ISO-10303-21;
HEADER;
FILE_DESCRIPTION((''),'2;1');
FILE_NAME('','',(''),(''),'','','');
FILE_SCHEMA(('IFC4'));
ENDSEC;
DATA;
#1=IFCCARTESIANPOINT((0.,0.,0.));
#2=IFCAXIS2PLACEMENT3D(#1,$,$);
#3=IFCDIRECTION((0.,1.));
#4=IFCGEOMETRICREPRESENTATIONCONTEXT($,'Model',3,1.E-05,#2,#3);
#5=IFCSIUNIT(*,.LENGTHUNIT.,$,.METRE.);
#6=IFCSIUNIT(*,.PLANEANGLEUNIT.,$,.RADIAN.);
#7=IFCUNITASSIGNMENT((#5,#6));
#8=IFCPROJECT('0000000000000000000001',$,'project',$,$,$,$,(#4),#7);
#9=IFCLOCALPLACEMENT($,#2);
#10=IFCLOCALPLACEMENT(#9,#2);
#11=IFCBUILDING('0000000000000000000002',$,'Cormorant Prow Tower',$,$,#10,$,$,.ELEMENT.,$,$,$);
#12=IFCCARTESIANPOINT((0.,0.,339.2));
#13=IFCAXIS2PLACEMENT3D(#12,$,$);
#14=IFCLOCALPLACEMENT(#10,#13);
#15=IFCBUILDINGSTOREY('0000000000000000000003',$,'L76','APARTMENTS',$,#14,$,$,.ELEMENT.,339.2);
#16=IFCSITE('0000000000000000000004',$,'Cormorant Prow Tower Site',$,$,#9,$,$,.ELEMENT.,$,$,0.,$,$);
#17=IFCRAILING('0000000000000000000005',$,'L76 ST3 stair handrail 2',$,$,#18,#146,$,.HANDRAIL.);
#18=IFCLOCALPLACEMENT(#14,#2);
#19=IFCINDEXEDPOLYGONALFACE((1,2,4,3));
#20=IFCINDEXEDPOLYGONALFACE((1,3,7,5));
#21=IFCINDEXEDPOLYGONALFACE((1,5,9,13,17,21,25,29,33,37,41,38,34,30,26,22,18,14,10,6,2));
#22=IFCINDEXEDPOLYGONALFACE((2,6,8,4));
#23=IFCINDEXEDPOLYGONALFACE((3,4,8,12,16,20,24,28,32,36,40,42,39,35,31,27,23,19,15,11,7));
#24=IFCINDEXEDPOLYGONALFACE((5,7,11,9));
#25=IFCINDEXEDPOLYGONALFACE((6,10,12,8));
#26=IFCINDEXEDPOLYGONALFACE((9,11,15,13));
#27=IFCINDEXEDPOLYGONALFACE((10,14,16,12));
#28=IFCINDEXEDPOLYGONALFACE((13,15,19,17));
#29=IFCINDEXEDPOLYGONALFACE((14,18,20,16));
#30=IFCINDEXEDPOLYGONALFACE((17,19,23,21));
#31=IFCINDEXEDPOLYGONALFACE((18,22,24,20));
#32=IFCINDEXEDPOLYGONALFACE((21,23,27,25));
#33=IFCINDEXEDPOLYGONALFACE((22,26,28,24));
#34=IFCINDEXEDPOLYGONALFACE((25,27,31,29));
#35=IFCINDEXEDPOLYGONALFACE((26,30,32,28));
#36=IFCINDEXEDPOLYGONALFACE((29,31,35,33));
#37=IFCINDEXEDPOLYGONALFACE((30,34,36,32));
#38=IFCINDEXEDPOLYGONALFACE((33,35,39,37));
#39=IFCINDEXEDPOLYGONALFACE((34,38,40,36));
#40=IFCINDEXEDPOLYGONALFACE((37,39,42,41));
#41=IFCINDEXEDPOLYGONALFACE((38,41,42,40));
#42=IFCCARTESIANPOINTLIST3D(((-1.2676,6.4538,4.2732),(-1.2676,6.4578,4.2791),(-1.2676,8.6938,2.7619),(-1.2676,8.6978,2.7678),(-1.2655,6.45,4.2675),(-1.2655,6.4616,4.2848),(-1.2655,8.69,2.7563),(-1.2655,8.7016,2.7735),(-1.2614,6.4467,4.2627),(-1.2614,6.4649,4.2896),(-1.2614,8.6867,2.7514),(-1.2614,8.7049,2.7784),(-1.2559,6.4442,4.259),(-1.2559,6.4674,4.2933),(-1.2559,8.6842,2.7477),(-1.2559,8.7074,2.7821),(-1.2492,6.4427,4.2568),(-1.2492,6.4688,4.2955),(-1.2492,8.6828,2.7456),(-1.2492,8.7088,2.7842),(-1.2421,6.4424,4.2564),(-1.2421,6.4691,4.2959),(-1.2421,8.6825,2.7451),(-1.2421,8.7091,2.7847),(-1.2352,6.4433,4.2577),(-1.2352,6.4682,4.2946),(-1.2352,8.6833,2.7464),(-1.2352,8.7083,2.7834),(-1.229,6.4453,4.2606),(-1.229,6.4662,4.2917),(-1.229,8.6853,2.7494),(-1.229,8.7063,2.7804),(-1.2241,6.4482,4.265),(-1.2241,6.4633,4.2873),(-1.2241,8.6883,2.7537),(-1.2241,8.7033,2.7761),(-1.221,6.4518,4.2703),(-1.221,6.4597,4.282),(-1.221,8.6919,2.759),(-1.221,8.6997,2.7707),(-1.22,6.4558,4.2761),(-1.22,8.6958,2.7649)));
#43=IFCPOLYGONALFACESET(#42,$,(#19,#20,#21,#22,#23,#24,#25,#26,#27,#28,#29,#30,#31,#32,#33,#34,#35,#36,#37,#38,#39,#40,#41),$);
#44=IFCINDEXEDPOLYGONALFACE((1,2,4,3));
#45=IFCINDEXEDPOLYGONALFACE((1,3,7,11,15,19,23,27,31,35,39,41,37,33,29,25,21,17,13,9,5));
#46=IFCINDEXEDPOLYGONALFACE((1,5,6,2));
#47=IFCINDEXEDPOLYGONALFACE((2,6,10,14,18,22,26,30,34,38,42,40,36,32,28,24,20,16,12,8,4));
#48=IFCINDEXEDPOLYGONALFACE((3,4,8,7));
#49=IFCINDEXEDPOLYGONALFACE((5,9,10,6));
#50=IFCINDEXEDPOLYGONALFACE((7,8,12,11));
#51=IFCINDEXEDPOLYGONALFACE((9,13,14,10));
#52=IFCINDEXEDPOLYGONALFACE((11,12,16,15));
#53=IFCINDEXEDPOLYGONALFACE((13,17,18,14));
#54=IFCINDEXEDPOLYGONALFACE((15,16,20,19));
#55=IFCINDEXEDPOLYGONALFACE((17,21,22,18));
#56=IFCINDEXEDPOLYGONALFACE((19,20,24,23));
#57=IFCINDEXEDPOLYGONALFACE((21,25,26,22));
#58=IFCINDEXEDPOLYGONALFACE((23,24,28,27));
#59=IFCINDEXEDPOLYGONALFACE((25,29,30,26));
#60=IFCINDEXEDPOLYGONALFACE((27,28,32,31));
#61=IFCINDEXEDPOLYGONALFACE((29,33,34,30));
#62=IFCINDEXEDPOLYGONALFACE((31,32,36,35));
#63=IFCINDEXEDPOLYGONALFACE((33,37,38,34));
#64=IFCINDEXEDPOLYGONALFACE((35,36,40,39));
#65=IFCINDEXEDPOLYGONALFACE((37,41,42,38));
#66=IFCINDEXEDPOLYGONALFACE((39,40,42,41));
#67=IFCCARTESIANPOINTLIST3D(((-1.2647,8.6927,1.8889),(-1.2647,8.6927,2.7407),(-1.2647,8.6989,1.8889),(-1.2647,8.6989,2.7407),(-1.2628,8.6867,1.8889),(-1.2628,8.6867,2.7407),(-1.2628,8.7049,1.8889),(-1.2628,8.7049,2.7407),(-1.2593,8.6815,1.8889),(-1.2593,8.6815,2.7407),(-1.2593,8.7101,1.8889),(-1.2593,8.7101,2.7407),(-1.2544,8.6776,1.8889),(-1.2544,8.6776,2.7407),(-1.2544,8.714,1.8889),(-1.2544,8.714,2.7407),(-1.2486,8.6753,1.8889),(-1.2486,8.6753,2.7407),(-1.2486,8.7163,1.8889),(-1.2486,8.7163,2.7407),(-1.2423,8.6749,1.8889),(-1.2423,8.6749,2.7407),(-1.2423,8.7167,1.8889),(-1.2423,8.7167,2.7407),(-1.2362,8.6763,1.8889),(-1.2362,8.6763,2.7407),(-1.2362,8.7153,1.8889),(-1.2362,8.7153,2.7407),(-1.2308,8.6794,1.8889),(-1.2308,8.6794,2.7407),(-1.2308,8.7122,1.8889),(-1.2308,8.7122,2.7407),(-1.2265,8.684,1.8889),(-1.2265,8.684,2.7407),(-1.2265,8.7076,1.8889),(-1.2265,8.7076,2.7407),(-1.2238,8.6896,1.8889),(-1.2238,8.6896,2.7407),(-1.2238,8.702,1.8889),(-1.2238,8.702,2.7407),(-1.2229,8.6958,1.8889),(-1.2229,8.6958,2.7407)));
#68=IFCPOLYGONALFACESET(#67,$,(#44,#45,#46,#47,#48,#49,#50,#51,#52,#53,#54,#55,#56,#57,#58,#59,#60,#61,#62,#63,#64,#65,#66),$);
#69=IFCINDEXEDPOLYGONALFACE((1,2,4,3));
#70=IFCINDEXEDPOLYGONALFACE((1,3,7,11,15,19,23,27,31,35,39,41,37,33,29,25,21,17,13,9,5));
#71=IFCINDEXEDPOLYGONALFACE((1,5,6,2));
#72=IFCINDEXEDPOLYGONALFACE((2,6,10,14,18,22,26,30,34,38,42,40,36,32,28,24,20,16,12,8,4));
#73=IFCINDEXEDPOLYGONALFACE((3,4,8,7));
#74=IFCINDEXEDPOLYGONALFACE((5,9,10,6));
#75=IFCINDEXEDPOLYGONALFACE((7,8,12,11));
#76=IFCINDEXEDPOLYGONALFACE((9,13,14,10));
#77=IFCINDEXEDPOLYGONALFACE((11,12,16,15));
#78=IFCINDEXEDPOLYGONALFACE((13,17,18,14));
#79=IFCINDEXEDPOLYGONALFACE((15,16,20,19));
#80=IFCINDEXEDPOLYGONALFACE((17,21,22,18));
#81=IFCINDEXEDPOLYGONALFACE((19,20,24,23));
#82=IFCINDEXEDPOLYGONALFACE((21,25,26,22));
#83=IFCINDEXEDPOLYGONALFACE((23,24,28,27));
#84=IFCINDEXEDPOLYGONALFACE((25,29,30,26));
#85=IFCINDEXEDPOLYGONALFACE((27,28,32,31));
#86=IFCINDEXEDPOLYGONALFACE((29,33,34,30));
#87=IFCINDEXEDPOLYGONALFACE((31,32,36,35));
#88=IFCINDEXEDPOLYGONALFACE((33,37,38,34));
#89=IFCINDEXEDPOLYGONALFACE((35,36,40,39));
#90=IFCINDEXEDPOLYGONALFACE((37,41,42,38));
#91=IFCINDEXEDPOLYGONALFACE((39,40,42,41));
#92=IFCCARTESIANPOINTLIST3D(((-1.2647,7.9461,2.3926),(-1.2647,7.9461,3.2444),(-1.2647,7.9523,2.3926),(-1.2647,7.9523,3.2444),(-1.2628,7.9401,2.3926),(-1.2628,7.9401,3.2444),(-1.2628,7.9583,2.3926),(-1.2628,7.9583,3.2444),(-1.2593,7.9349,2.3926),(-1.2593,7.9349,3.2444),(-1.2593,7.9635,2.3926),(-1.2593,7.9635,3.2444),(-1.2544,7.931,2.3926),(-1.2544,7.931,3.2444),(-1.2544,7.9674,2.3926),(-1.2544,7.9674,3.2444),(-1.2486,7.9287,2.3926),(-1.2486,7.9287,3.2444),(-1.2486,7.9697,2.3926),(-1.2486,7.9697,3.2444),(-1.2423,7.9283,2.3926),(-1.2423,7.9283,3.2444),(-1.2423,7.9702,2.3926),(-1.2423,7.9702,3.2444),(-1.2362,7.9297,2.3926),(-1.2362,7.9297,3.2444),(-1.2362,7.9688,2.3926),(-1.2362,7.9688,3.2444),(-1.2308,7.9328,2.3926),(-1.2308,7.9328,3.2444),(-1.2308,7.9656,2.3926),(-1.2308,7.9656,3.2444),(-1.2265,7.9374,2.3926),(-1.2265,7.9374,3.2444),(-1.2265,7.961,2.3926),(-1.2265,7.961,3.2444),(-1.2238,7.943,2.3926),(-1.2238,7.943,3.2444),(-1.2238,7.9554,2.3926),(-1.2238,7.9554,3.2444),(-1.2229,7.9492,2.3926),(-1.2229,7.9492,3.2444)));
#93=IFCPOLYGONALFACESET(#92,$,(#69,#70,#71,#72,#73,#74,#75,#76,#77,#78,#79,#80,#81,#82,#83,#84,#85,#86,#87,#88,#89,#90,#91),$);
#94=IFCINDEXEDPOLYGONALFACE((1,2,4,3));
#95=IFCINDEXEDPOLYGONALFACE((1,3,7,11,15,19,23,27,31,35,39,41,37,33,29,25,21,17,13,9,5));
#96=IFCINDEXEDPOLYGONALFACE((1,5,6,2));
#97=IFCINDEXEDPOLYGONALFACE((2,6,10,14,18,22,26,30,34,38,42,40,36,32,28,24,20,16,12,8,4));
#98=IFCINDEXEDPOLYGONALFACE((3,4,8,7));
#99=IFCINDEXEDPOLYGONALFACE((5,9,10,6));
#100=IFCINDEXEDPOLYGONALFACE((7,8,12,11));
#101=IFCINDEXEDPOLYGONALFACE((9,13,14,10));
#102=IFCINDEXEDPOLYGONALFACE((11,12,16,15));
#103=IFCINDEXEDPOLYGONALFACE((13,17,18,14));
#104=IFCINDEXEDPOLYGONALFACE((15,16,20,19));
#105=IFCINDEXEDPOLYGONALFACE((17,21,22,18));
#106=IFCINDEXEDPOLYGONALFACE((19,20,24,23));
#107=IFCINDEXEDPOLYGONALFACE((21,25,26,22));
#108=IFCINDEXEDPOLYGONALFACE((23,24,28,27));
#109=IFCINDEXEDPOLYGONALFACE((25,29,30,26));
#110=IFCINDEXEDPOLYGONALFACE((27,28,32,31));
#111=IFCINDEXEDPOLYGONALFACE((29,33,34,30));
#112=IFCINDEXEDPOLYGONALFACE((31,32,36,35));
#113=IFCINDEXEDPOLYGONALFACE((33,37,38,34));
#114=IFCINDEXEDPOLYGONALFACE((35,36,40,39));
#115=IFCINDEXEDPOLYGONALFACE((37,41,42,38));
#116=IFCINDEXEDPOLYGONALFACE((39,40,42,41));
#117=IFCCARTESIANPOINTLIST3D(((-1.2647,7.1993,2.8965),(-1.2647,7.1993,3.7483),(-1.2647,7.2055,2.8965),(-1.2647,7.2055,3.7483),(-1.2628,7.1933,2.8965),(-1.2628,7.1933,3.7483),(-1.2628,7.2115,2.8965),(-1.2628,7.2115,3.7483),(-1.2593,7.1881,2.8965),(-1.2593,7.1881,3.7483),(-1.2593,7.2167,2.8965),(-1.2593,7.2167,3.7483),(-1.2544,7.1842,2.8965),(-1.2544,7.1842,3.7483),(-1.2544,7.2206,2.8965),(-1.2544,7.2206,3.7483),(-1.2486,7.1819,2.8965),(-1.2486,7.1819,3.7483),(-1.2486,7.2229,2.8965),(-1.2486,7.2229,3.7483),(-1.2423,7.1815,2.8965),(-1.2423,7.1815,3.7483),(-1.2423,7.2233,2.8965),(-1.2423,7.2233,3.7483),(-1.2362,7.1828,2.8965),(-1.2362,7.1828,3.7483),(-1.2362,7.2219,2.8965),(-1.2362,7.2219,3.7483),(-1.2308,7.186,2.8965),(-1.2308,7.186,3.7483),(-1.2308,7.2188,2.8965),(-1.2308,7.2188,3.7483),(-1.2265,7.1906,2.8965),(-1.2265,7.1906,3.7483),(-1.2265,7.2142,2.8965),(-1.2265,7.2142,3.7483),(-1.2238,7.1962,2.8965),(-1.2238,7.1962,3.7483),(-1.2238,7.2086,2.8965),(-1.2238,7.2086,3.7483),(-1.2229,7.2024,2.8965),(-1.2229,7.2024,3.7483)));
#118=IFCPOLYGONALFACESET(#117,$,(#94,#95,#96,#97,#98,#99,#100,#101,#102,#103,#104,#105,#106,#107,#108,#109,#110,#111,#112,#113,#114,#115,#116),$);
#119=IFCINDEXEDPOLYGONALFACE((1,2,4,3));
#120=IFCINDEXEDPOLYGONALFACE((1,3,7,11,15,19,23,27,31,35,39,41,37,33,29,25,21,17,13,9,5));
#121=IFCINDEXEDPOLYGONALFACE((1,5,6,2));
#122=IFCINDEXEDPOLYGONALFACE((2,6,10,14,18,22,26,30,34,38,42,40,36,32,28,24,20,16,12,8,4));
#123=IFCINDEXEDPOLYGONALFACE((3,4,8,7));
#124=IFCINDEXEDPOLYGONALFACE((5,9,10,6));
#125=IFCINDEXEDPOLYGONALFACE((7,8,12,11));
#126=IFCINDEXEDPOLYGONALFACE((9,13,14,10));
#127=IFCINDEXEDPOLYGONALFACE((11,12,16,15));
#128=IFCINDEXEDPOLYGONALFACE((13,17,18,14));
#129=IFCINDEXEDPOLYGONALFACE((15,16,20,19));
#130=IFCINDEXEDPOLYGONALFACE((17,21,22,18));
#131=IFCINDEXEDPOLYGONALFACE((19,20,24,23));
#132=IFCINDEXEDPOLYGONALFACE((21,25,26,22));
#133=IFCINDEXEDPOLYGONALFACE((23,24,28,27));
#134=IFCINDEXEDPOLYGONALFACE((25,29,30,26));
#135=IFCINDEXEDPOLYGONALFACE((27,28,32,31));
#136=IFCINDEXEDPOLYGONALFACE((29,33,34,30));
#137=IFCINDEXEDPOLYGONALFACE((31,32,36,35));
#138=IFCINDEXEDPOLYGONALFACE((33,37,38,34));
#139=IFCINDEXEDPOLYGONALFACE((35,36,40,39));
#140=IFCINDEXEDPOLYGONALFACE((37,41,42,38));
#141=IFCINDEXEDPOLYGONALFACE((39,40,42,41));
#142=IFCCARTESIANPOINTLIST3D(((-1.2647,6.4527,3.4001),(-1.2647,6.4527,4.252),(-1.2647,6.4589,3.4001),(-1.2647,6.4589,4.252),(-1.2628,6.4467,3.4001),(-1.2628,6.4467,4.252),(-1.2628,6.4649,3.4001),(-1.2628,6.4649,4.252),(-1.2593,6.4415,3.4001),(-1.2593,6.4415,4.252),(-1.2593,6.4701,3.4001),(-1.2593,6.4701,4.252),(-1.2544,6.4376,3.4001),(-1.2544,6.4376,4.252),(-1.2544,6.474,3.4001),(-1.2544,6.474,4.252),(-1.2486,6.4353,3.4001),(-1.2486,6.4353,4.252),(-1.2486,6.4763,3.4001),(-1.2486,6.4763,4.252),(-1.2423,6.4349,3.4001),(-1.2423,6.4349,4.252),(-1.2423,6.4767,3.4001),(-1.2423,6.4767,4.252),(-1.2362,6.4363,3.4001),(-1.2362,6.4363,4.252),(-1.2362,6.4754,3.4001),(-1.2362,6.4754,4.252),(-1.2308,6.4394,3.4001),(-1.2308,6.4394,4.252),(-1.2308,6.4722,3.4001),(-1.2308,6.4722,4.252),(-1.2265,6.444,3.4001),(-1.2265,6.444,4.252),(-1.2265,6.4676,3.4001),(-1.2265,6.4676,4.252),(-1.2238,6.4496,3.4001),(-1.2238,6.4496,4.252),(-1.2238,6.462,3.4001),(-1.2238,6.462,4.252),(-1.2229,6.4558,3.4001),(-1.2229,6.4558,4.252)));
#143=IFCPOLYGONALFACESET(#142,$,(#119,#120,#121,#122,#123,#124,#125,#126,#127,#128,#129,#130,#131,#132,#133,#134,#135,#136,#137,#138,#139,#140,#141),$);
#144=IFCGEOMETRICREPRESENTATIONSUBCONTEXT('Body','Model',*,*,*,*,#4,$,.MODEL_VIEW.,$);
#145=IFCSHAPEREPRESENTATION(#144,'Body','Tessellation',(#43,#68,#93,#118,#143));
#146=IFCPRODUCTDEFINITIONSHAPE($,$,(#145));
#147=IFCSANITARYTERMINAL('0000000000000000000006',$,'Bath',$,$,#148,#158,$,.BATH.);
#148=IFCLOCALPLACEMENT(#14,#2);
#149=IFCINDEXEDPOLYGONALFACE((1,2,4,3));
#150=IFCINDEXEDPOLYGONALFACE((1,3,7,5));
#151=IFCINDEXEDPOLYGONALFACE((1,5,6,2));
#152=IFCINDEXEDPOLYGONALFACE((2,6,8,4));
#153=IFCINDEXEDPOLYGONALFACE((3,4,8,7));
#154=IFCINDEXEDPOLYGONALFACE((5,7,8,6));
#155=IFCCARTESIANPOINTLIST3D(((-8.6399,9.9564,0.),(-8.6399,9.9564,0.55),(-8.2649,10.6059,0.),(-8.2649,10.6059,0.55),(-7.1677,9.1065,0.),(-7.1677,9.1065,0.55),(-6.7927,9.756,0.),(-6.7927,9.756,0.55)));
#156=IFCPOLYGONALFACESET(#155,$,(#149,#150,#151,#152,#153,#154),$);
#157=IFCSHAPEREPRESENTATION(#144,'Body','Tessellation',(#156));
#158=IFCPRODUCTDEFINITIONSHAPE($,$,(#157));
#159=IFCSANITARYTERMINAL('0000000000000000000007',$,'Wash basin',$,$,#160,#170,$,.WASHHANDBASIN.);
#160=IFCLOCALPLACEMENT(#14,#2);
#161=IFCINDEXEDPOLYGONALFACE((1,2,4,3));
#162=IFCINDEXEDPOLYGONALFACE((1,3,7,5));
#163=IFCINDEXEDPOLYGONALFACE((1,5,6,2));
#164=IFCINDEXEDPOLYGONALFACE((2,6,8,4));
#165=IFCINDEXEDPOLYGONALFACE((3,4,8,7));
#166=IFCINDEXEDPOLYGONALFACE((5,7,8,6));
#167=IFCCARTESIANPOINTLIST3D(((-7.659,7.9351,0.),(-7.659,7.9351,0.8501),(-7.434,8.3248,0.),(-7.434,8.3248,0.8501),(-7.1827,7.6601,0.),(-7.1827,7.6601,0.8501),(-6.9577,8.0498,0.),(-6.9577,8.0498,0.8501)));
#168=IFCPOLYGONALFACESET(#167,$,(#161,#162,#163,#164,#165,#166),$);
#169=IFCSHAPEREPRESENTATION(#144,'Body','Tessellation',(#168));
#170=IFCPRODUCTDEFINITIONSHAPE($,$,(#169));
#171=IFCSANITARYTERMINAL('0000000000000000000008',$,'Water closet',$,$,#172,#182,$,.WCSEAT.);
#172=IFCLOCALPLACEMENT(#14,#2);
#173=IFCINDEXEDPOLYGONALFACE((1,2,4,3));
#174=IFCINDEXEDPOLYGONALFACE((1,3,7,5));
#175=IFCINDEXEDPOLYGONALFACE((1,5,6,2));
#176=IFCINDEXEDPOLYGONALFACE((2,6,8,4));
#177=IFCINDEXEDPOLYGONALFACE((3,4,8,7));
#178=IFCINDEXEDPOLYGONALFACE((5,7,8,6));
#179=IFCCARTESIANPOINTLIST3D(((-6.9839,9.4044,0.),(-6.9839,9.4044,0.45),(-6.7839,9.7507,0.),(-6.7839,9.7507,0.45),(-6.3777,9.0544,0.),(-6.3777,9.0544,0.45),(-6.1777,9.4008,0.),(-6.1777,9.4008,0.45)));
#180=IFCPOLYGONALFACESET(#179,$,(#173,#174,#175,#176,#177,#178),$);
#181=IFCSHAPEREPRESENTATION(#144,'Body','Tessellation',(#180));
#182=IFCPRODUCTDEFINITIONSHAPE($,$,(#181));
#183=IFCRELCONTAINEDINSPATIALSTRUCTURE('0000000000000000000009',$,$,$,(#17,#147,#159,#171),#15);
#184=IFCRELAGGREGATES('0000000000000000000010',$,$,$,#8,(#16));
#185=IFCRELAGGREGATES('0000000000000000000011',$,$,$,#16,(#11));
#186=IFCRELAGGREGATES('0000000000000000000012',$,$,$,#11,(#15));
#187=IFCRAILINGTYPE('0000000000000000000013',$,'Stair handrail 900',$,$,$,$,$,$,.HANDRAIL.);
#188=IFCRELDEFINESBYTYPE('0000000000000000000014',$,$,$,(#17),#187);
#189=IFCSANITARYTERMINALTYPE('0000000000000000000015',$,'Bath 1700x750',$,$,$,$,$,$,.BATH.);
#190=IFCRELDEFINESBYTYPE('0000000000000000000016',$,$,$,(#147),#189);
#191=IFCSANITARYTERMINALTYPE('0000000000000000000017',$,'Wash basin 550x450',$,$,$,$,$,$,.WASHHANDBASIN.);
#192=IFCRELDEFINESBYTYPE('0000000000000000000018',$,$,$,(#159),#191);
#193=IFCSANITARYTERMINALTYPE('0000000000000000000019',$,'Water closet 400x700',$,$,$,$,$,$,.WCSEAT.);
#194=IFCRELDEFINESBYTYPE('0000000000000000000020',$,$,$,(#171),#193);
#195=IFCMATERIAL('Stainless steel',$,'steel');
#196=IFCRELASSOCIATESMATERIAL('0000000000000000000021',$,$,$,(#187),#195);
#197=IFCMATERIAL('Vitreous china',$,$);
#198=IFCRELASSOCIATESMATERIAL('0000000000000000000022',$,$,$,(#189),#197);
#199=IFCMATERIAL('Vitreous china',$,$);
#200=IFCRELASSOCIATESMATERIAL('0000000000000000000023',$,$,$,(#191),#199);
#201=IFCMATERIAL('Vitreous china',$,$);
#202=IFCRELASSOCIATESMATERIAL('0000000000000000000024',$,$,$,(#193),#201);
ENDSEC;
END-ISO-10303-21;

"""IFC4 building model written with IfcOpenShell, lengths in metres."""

from ifc_helpers import new_model, si_unit, direction, frame, origin, origin_2d, place, context, subcontext, project, spatial, rectangle, circle, extrude, material, type_object, element, save


model = new_model("IFC4")

# Units and contexts
model_context = context("Model", 3, precision=1e-05, world=origin(), true_north=direction((0.0, 1.0)))
body_context = subcontext(model_context, "Body", "Model", "MODEL_VIEW")
ifc_project = project(units=[si_unit("LENGTHUNIT", "METRE"), si_unit("PLANEANGLEUNIT", "RADIAN")], contexts=[model_context])

# Site, building, storey
site_placement = place(None, origin())
site = spatial("IfcSite", under=ifc_project, at=site_placement, Name="Cormorant Prow Tower Site", CompositionType="ELEMENT", RefElevation=0.0)
building_placement = place(site_placement, origin())
building = spatial("IfcBuilding", under=site, at=building_placement, Name="Cormorant Prow Tower", CompositionType="ELEMENT")
storey_placement = place(building_placement, frame((0.0, 0.0, 339.2)))
storey = spatial("IfcBuildingStorey", under=building, at=storey_placement, Name="L76", Description="APARTMENTS", CompositionType="ELEMENT", Elevation=339.2)

# Railing
ifc_material_1 = material(Name="Stainless steel", Category="steel")
railing_type = type_object("IfcRailingType", Name="Stair handrail 900", PredefinedType="HANDRAIL", material=ifc_material_1)
railing_placement = place(storey_placement, frame((-1.2439, 8.6958, 1.8889)))
element("IfcRailing", 1, at=railing_placement, inside=storey, type_object=railing_type, Name="L76 ST3 stair handrail 2", PredefinedType="HANDRAIL", context=body_context, shape_type="SweptSolid", body=[
    extrude(circle(Radius=0.0239, at=origin_2d()), frame((0.0, 0.0, 0.876), z_axis=(0.0, -0.82898, 0.559279), x_axis=(1.0, 0.0, 0.0)), (0.0, 0.0, 1.0), 2.7021),
    extrude(circle(Radius=0.021, at=origin_2d()), origin(), (0.0, 0.0, 1.0), 0.8518),
    extrude(circle(Radius=0.021, at=origin_2d()), frame((0.0, -0.7466, 0.5037)), (0.0, 0.0, 1.0), 0.8518),
    extrude(circle(Radius=0.021, at=origin_2d()), frame((0.0, -1.4934, 1.0076)), (0.0, 0.0, 1.0), 0.8518),
    extrude(circle(Radius=0.021, at=origin_2d()), frame((0.0, -2.24, 1.5112)), (0.0, 0.0, 1.0), 0.8518),
])

# Sanitary terminals
ifc_material_2 = material(Name="Vitreous china")
sanitary_terminal_type_1 = type_object("IfcSanitaryTerminalType", Name="Bath 1700x750", PredefinedType="BATH", material=ifc_material_2)
sanitary_terminal_1_placement = place(storey_placement, frame((-7.7163, 9.8562, 0.0), z_axis=(0.0, 0.0, 1.0), x_axis=(0.866025, -0.5, 0.0)))
element("IfcSanitaryTerminal", 2, at=sanitary_terminal_1_placement, inside=storey, type_object=sanitary_terminal_type_1, Name="Bath", PredefinedType="BATH", context=body_context, shape_type="SweptSolid", body=[
    extrude(rectangle(XDim=1.7, YDim=0.75, at=origin_2d()), origin(), (0.0, 0.0, 1.0), 0.55),
])
ifc_material_3 = material(Name="Vitreous china")
sanitary_terminal_type_2 = type_object("IfcSanitaryTerminalType", Name="Wash basin 550x450", PredefinedType="WASHHANDBASIN", material=ifc_material_3)
sanitary_terminal_2_placement = place(storey_placement, frame((-7.3083, 7.9924, 0.0), z_axis=(0.0, 0.0, 1.0), x_axis=(-0.866025, 0.5, 0.0)))
element("IfcSanitaryTerminal", 3, at=sanitary_terminal_2_placement, inside=storey, type_object=sanitary_terminal_type_2, Name="Wash basin", PredefinedType="WASHHANDBASIN", context=body_context, shape_type="SweptSolid", body=[
    extrude(rectangle(XDim=0.55, YDim=0.45, at=origin_2d()), origin(), (0.0, 0.0, 1.0), 0.8501),
])
ifc_material_4 = material(Name="Vitreous china")
sanitary_terminal_type_3 = type_object("IfcSanitaryTerminalType", Name="Water closet 400x700", PredefinedType="WCSEAT", material=ifc_material_4)
sanitary_terminal_3_placement = place(storey_placement, frame((-6.5808, 9.4026, 0.0), z_axis=(0.0, 0.0, 1.0), x_axis=(-0.5, -0.866025, 0.0)))
element("IfcSanitaryTerminal", 4, at=sanitary_terminal_3_placement, inside=storey, type_object=sanitary_terminal_type_3, Name="Water closet", PredefinedType="WCSEAT", context=body_context, shape_type="SweptSolid", body=[
    extrude(rectangle(XDim=0.3999, YDim=0.7, at=origin_2d()), origin(), (0.0, 0.0, 1.0), 0.45),
])

save(model, "model.ifc")
